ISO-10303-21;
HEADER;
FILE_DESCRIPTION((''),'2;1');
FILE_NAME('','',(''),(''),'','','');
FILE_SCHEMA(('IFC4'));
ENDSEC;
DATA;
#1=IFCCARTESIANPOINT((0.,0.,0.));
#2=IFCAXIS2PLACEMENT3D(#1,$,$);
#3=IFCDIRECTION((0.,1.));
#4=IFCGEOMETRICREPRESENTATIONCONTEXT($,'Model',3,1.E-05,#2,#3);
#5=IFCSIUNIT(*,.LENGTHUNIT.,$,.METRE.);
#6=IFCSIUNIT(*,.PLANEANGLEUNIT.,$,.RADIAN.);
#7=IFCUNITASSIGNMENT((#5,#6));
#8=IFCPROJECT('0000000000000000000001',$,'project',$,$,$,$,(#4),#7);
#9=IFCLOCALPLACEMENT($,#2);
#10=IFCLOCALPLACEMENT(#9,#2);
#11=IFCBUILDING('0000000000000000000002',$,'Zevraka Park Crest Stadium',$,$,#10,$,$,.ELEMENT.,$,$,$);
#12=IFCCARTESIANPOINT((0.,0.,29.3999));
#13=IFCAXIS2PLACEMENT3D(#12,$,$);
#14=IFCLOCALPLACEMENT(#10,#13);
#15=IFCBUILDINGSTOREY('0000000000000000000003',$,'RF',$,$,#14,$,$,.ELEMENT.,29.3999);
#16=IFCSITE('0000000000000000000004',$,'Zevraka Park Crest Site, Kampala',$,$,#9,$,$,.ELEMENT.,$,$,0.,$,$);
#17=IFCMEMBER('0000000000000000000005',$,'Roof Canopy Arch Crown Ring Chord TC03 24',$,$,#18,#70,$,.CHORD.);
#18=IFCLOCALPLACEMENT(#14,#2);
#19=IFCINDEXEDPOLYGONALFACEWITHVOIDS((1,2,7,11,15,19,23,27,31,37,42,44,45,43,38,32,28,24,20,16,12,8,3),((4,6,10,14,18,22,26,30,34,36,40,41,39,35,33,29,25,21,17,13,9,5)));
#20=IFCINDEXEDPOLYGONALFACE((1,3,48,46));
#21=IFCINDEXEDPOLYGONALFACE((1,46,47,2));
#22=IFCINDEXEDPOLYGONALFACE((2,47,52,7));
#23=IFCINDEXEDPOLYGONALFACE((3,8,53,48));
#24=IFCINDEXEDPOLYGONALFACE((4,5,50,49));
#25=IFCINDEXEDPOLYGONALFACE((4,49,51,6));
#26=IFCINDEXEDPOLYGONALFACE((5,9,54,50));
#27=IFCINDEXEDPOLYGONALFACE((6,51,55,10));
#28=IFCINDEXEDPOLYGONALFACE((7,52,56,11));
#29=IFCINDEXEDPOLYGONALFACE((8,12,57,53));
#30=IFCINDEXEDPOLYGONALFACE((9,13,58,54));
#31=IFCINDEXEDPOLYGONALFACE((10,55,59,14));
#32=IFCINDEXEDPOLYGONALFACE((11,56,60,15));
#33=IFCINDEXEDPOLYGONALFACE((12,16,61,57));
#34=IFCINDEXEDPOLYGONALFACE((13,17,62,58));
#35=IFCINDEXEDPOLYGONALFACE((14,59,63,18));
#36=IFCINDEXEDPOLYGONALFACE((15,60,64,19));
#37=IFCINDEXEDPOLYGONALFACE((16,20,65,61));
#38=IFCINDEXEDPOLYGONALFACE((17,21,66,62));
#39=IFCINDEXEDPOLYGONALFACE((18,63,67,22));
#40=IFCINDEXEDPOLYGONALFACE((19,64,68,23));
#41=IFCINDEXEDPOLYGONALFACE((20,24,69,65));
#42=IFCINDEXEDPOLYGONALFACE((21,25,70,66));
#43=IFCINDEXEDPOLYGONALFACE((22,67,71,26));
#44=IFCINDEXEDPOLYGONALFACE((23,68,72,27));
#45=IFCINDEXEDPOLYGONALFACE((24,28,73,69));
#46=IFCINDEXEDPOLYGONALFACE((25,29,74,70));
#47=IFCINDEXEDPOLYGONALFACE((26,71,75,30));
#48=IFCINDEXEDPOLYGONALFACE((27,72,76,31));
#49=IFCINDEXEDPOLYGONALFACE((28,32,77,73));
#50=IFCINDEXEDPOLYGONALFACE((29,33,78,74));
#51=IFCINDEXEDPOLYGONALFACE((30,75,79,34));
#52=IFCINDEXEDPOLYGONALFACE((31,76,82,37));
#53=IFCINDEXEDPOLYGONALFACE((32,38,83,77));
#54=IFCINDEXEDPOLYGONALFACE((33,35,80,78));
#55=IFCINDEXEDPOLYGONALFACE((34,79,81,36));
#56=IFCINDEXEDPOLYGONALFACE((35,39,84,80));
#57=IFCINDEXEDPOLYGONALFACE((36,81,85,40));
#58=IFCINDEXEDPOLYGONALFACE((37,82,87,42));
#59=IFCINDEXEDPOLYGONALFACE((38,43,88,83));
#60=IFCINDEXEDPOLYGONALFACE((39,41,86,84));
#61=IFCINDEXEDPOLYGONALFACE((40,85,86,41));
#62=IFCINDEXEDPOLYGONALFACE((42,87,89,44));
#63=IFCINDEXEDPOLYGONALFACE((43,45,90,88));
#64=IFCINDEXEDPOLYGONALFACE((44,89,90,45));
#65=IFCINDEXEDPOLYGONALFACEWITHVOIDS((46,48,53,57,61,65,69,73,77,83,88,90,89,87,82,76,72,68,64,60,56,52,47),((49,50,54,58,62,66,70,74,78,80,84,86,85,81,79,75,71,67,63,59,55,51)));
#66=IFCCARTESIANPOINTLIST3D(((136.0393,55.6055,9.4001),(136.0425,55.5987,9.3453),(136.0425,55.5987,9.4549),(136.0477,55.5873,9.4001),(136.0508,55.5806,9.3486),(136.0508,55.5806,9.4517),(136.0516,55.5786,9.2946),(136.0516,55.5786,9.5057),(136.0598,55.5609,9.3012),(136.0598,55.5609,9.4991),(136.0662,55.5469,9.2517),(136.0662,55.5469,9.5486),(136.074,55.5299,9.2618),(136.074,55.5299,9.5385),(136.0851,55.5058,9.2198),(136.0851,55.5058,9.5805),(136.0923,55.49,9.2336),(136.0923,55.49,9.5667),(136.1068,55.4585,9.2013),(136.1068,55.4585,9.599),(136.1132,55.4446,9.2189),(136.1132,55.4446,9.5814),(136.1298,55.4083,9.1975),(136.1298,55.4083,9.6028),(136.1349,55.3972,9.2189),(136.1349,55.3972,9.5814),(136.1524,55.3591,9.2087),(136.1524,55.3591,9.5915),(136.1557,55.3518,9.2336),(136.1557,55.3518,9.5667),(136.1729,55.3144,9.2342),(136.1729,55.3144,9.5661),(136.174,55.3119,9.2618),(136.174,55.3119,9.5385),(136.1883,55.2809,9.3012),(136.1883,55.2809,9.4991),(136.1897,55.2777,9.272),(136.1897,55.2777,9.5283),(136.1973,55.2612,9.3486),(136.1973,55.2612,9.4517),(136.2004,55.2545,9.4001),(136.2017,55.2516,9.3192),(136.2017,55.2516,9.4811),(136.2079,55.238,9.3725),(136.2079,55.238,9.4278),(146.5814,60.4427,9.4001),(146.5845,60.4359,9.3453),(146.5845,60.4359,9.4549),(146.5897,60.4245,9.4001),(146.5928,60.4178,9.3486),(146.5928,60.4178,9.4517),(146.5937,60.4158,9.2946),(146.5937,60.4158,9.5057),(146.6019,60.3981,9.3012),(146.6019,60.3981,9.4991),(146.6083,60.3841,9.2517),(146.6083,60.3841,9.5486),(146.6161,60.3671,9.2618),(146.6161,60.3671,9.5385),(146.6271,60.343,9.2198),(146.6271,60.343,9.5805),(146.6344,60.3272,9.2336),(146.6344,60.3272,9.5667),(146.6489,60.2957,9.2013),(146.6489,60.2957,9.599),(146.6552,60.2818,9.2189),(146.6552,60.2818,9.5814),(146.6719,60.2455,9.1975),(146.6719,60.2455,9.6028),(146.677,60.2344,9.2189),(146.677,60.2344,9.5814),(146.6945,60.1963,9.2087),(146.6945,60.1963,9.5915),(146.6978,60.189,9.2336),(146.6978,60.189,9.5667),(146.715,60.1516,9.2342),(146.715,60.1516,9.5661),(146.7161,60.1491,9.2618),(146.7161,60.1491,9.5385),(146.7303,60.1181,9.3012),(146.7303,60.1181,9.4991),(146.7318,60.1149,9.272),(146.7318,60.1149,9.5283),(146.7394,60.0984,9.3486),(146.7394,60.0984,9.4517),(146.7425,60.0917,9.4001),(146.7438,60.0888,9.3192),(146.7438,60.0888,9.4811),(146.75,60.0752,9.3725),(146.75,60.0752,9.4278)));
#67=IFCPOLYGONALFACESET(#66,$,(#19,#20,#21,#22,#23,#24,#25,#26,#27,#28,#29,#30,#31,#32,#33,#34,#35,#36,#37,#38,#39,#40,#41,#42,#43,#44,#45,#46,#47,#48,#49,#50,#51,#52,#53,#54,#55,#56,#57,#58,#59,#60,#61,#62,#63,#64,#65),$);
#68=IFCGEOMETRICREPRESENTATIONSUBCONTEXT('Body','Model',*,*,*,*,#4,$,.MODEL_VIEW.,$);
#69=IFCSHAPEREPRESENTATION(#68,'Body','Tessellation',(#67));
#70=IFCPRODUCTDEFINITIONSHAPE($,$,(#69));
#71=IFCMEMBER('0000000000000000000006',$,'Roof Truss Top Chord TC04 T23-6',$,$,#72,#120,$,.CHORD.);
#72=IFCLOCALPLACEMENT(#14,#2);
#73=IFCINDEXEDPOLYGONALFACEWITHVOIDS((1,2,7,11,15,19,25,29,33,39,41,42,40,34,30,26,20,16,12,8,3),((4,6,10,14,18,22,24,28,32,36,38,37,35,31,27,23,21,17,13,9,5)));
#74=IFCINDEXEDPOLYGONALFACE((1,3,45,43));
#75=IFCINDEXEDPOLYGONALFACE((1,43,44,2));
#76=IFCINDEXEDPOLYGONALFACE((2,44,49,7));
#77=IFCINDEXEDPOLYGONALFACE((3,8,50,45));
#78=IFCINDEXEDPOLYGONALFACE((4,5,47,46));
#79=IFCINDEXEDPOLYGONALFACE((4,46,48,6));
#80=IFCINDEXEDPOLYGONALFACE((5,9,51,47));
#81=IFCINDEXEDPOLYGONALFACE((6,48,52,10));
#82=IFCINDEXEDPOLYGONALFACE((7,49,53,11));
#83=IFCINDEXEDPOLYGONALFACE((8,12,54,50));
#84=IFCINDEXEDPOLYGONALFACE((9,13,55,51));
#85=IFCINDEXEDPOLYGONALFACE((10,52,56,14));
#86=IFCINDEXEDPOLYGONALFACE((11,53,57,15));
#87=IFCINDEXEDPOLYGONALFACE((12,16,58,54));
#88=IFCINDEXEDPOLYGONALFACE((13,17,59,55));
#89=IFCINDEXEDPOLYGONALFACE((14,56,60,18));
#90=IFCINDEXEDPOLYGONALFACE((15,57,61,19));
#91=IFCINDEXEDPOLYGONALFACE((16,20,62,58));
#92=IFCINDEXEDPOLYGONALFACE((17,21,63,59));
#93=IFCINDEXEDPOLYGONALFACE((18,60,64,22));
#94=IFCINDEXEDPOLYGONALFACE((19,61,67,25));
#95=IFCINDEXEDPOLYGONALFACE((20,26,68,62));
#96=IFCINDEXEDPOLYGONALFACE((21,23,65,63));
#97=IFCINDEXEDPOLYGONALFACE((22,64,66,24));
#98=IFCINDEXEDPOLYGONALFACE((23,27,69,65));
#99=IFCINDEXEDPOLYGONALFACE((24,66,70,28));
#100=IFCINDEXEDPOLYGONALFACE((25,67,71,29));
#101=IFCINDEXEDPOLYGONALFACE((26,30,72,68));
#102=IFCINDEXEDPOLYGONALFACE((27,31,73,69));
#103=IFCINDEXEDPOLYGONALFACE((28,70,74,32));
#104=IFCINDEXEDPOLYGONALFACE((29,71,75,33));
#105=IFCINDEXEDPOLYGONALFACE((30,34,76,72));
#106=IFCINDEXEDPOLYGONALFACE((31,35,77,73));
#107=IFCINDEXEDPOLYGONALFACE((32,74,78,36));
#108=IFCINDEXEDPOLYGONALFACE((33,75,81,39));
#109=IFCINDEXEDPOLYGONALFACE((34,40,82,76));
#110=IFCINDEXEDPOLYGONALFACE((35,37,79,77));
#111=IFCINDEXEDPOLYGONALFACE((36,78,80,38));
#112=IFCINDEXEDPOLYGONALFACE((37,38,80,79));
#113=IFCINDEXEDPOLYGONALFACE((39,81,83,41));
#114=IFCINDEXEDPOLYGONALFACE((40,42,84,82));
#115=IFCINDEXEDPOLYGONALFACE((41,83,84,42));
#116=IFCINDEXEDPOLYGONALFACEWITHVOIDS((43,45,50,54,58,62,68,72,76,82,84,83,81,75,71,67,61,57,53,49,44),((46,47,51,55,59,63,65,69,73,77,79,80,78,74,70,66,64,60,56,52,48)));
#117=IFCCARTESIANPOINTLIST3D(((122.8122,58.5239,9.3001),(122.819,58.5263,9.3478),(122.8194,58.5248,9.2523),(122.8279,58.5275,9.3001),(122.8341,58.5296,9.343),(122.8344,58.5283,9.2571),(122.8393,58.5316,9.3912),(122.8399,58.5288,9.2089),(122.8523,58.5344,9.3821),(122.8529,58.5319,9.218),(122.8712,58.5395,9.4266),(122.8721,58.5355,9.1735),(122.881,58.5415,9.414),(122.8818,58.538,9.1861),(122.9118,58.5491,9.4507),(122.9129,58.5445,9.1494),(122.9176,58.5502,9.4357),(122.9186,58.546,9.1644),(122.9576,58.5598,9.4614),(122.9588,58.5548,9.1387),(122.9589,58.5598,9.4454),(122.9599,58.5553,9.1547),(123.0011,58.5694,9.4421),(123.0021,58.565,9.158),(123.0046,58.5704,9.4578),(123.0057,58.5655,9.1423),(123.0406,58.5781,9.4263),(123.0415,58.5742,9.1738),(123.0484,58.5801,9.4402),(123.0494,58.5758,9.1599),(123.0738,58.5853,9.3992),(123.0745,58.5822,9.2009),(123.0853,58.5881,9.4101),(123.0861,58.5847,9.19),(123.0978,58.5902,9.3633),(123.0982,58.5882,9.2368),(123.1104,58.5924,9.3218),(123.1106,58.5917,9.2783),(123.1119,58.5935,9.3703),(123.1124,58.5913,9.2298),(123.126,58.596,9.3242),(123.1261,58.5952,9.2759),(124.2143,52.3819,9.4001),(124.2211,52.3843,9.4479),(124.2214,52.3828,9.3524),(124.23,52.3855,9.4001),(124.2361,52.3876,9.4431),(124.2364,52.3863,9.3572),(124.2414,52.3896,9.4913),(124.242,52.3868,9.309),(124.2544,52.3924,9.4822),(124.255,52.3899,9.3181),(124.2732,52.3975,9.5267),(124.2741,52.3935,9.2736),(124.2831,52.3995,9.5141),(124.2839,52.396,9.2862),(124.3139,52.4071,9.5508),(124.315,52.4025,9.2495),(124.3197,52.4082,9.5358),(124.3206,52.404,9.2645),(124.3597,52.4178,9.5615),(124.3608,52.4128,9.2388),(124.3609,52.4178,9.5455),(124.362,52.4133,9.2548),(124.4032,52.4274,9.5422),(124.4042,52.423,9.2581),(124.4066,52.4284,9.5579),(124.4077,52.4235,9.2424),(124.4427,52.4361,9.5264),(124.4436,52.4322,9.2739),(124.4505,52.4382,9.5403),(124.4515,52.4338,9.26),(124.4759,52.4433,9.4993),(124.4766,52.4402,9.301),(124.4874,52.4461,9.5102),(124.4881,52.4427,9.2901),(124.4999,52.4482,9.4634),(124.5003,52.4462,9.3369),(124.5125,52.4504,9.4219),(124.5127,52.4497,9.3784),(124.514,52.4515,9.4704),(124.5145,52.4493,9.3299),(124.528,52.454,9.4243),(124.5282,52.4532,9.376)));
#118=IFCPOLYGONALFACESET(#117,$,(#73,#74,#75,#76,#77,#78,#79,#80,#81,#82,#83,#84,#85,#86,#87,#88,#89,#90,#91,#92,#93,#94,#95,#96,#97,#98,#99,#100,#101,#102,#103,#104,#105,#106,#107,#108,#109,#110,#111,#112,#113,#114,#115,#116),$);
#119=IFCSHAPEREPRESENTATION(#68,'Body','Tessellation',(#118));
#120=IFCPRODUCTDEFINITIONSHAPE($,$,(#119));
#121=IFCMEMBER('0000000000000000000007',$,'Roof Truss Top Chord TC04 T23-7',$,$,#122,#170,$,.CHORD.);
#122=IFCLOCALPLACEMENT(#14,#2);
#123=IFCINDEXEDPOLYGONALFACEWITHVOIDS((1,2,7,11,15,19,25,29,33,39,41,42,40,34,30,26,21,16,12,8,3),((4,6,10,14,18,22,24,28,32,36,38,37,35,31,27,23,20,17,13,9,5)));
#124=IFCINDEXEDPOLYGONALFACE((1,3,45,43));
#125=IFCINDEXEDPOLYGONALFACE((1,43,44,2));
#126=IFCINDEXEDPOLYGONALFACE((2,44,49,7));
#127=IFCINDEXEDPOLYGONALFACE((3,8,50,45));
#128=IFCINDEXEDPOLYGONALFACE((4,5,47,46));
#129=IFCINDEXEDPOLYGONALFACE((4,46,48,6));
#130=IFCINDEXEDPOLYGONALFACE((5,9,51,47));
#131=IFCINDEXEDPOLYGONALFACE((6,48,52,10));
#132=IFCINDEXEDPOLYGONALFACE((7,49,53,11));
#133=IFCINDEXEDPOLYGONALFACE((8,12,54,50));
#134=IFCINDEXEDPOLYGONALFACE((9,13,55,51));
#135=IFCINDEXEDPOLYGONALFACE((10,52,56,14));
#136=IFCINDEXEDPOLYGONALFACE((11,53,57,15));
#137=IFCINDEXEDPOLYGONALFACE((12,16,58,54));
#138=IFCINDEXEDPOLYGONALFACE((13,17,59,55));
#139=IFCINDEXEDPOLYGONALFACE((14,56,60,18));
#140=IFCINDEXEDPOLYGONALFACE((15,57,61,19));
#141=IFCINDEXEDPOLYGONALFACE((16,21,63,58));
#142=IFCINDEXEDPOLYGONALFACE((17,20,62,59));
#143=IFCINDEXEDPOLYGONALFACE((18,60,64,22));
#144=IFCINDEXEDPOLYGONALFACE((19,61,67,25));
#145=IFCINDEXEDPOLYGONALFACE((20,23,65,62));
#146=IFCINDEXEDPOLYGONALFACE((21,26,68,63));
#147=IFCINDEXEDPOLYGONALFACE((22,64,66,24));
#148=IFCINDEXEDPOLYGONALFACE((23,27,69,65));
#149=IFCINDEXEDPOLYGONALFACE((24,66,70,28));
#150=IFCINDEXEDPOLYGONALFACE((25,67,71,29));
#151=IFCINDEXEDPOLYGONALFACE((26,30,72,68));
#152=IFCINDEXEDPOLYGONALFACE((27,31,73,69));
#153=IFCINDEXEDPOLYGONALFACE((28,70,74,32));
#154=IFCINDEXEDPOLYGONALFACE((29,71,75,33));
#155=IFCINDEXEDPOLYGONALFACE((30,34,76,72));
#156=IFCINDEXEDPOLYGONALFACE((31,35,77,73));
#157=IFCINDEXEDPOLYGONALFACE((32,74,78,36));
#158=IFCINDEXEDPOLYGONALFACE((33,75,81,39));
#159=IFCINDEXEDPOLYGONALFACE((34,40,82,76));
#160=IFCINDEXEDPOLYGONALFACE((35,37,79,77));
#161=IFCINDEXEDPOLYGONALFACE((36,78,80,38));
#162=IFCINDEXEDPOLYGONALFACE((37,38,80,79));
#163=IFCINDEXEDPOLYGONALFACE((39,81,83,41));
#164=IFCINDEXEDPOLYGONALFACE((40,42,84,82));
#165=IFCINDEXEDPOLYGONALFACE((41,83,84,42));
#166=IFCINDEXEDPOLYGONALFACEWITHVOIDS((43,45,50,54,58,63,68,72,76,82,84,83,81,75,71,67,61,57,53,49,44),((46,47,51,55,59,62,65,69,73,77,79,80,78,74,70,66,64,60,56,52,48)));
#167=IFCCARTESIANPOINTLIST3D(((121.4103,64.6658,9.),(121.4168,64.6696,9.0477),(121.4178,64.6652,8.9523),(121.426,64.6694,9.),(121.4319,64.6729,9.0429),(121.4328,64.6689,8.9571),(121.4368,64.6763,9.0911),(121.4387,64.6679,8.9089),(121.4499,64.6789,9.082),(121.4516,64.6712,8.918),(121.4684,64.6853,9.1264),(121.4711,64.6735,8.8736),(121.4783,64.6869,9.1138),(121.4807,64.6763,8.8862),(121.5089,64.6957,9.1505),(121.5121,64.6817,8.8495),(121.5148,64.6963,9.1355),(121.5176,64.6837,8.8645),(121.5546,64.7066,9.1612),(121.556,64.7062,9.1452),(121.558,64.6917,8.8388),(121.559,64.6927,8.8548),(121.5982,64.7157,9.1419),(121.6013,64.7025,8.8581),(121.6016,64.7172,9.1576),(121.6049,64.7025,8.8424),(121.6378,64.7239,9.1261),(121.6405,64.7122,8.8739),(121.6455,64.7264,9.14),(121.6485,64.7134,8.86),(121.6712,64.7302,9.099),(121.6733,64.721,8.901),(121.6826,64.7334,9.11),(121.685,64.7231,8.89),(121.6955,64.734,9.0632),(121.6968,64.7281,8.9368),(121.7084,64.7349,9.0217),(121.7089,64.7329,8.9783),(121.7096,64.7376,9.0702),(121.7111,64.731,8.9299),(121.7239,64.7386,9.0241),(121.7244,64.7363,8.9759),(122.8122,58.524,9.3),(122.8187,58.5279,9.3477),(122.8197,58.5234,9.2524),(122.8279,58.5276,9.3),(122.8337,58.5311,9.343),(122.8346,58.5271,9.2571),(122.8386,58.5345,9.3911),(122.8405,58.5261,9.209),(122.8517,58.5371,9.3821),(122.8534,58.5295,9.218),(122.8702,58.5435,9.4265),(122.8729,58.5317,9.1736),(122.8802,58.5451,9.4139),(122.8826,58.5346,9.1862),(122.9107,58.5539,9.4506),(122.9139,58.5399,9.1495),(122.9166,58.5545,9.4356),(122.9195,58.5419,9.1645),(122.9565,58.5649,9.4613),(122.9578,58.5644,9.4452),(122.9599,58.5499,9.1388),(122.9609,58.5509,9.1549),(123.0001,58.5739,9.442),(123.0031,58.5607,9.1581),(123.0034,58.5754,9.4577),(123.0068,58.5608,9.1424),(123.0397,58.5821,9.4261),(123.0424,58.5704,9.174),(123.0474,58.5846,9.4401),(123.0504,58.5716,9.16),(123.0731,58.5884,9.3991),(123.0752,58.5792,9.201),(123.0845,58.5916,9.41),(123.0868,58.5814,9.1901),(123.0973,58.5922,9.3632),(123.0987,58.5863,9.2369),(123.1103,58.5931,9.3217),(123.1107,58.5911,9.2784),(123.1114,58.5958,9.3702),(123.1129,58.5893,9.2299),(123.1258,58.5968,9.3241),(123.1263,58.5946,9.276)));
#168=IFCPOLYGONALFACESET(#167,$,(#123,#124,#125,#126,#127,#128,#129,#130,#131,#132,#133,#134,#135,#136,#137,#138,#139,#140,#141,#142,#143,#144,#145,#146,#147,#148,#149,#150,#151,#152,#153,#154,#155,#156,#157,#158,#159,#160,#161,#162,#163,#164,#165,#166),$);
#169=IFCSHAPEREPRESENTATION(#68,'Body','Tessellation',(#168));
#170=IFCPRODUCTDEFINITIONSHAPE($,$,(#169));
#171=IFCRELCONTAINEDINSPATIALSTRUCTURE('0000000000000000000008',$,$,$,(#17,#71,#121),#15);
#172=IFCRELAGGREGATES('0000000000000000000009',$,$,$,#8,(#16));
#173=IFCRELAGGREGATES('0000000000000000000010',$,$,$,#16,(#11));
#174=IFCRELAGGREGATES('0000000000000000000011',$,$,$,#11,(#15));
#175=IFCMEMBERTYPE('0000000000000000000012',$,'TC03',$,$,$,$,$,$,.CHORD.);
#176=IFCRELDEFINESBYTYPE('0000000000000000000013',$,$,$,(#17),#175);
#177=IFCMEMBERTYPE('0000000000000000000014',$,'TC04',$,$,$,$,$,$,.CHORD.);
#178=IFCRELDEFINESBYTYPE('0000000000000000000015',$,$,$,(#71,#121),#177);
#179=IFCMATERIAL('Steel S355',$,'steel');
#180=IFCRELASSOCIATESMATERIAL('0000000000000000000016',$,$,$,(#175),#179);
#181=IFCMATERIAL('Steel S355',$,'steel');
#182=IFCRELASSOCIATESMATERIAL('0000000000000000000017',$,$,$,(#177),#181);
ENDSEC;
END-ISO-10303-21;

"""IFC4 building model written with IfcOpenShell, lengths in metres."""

from ifc_helpers import new_model, si_unit, direction, frame, origin, origin_2d, place, context, subcontext, project, spatial, hollow_circle, extrude, material, material_profile, profile_set, type_object, element, save


model = new_model("IFC4")

# Units and contexts
model_context = context("Model", 3, precision=1e-05, world=origin(), true_north=direction((0.0, 1.0)))
body_context = subcontext(model_context, "Body", "Model", "MODEL_VIEW")
ifc_project = project(units=[si_unit("LENGTHUNIT", "METRE"), si_unit("PLANEANGLEUNIT", "RADIAN")], contexts=[model_context])

# Site, building, storey
site_placement = place(None, origin())
site = spatial("IfcSite", under=ifc_project, at=site_placement, Name="Zevraka Park Crest Site, Kampala", CompositionType="ELEMENT", RefElevation=0.0)
building_placement = place(site_placement, origin())
building = spatial("IfcBuilding", under=site, at=building_placement, Name="Zevraka Park Crest Stadium", CompositionType="ELEMENT")
storey_placement = place(building_placement, frame((0.0, 0.0, 29.3999)))
storey = spatial("IfcBuildingStorey", under=building, at=storey_placement, Name="RF", CompositionType="ELEMENT", Elevation=29.3999)

# Members
ifc_material_1 = material(Name="Steel S355", Category="steel")
ifc_material_profile_1 = material_profile(ifc_material_1, hollow_circle(Radius=0.2031, WallThickness=0.02, at=origin_2d()), Name="CHS 406.4x20")
ifc_profile_set_1 = profile_set([ifc_material_profile_1], Name="Steel S355")
member_type_1 = type_object("IfcMemberType", Name="TC03", PredefinedType="CHORD", material=ifc_profile_set_1)
member_1_placement = place(storey_placement, frame((136.124, 55.4209, 9.4001), z_axis=(0.908888, 0.41704, 0.0), x_axis=(-0.41704, 0.908888, 0.0)))
element("IfcMember", 1, at=member_1_placement, inside=storey, type_object=member_type_1, Name="Roof Canopy Arch Crown Ring Chord TC03 24", PredefinedType="CHORD", context=body_context, shape_type="SweptSolid", body=[
    extrude(hollow_circle(Radius=0.2031, WallThickness=0.02, at=origin_2d()), origin(), (0.0, 0.0, 1.0), 11.5989),
])
ifc_material_2 = material(Name="Steel S355", Category="steel")
ifc_material_profile_2 = material_profile(ifc_material_2, hollow_circle(Radius=0.1619, WallThickness=0.0161, at=origin_2d()), Name="CHS 323.9x16")
ifc_profile_set_2 = profile_set([ifc_material_profile_2], Name="Steel S355")
member_type_2 = type_object("IfcMemberType", Name="TC04", PredefinedType="CHORD", material=ifc_profile_set_2)
member_2_placement = place(storey_placement, frame((124.3721, 52.418, 9.4001), z_axis=(-0.222524, 0.974798, -0.015886), x_axis=(-0.974921, -0.222552, 0.0)))
element("IfcMember", 2, at=member_2_placement, inside=storey, type_object=member_type_2, Name="Roof Truss Top Chord TC04 T23-6", PredefinedType="CHORD", context=body_context, shape_type="SweptSolid", body=[
    extrude(hollow_circle(Radius=0.1619, WallThickness=0.0161, at=origin_2d()), origin(), (0.0, 0.0, 1.0), 6.3008),
])
member_3_placement = place(storey_placement, frame((122.97, 58.5601, 9.3), z_axis=(-0.222272, 0.973823, -0.047574), x_axis=(-0.974927, -0.222524, 0.0)))
element("IfcMember", 3, at=member_3_placement, inside=storey, type_object=member_type_2, Name="Roof Truss Top Chord TC04 T23-7", PredefinedType="CHORD", context=body_context, shape_type="SweptSolid", body=[
    extrude(hollow_circle(Radius=0.1619, WallThickness=0.0161, at=origin_2d()), origin(), (0.0, 0.0, 1.0), 6.3069),
])

save(model, "model.ifc")
